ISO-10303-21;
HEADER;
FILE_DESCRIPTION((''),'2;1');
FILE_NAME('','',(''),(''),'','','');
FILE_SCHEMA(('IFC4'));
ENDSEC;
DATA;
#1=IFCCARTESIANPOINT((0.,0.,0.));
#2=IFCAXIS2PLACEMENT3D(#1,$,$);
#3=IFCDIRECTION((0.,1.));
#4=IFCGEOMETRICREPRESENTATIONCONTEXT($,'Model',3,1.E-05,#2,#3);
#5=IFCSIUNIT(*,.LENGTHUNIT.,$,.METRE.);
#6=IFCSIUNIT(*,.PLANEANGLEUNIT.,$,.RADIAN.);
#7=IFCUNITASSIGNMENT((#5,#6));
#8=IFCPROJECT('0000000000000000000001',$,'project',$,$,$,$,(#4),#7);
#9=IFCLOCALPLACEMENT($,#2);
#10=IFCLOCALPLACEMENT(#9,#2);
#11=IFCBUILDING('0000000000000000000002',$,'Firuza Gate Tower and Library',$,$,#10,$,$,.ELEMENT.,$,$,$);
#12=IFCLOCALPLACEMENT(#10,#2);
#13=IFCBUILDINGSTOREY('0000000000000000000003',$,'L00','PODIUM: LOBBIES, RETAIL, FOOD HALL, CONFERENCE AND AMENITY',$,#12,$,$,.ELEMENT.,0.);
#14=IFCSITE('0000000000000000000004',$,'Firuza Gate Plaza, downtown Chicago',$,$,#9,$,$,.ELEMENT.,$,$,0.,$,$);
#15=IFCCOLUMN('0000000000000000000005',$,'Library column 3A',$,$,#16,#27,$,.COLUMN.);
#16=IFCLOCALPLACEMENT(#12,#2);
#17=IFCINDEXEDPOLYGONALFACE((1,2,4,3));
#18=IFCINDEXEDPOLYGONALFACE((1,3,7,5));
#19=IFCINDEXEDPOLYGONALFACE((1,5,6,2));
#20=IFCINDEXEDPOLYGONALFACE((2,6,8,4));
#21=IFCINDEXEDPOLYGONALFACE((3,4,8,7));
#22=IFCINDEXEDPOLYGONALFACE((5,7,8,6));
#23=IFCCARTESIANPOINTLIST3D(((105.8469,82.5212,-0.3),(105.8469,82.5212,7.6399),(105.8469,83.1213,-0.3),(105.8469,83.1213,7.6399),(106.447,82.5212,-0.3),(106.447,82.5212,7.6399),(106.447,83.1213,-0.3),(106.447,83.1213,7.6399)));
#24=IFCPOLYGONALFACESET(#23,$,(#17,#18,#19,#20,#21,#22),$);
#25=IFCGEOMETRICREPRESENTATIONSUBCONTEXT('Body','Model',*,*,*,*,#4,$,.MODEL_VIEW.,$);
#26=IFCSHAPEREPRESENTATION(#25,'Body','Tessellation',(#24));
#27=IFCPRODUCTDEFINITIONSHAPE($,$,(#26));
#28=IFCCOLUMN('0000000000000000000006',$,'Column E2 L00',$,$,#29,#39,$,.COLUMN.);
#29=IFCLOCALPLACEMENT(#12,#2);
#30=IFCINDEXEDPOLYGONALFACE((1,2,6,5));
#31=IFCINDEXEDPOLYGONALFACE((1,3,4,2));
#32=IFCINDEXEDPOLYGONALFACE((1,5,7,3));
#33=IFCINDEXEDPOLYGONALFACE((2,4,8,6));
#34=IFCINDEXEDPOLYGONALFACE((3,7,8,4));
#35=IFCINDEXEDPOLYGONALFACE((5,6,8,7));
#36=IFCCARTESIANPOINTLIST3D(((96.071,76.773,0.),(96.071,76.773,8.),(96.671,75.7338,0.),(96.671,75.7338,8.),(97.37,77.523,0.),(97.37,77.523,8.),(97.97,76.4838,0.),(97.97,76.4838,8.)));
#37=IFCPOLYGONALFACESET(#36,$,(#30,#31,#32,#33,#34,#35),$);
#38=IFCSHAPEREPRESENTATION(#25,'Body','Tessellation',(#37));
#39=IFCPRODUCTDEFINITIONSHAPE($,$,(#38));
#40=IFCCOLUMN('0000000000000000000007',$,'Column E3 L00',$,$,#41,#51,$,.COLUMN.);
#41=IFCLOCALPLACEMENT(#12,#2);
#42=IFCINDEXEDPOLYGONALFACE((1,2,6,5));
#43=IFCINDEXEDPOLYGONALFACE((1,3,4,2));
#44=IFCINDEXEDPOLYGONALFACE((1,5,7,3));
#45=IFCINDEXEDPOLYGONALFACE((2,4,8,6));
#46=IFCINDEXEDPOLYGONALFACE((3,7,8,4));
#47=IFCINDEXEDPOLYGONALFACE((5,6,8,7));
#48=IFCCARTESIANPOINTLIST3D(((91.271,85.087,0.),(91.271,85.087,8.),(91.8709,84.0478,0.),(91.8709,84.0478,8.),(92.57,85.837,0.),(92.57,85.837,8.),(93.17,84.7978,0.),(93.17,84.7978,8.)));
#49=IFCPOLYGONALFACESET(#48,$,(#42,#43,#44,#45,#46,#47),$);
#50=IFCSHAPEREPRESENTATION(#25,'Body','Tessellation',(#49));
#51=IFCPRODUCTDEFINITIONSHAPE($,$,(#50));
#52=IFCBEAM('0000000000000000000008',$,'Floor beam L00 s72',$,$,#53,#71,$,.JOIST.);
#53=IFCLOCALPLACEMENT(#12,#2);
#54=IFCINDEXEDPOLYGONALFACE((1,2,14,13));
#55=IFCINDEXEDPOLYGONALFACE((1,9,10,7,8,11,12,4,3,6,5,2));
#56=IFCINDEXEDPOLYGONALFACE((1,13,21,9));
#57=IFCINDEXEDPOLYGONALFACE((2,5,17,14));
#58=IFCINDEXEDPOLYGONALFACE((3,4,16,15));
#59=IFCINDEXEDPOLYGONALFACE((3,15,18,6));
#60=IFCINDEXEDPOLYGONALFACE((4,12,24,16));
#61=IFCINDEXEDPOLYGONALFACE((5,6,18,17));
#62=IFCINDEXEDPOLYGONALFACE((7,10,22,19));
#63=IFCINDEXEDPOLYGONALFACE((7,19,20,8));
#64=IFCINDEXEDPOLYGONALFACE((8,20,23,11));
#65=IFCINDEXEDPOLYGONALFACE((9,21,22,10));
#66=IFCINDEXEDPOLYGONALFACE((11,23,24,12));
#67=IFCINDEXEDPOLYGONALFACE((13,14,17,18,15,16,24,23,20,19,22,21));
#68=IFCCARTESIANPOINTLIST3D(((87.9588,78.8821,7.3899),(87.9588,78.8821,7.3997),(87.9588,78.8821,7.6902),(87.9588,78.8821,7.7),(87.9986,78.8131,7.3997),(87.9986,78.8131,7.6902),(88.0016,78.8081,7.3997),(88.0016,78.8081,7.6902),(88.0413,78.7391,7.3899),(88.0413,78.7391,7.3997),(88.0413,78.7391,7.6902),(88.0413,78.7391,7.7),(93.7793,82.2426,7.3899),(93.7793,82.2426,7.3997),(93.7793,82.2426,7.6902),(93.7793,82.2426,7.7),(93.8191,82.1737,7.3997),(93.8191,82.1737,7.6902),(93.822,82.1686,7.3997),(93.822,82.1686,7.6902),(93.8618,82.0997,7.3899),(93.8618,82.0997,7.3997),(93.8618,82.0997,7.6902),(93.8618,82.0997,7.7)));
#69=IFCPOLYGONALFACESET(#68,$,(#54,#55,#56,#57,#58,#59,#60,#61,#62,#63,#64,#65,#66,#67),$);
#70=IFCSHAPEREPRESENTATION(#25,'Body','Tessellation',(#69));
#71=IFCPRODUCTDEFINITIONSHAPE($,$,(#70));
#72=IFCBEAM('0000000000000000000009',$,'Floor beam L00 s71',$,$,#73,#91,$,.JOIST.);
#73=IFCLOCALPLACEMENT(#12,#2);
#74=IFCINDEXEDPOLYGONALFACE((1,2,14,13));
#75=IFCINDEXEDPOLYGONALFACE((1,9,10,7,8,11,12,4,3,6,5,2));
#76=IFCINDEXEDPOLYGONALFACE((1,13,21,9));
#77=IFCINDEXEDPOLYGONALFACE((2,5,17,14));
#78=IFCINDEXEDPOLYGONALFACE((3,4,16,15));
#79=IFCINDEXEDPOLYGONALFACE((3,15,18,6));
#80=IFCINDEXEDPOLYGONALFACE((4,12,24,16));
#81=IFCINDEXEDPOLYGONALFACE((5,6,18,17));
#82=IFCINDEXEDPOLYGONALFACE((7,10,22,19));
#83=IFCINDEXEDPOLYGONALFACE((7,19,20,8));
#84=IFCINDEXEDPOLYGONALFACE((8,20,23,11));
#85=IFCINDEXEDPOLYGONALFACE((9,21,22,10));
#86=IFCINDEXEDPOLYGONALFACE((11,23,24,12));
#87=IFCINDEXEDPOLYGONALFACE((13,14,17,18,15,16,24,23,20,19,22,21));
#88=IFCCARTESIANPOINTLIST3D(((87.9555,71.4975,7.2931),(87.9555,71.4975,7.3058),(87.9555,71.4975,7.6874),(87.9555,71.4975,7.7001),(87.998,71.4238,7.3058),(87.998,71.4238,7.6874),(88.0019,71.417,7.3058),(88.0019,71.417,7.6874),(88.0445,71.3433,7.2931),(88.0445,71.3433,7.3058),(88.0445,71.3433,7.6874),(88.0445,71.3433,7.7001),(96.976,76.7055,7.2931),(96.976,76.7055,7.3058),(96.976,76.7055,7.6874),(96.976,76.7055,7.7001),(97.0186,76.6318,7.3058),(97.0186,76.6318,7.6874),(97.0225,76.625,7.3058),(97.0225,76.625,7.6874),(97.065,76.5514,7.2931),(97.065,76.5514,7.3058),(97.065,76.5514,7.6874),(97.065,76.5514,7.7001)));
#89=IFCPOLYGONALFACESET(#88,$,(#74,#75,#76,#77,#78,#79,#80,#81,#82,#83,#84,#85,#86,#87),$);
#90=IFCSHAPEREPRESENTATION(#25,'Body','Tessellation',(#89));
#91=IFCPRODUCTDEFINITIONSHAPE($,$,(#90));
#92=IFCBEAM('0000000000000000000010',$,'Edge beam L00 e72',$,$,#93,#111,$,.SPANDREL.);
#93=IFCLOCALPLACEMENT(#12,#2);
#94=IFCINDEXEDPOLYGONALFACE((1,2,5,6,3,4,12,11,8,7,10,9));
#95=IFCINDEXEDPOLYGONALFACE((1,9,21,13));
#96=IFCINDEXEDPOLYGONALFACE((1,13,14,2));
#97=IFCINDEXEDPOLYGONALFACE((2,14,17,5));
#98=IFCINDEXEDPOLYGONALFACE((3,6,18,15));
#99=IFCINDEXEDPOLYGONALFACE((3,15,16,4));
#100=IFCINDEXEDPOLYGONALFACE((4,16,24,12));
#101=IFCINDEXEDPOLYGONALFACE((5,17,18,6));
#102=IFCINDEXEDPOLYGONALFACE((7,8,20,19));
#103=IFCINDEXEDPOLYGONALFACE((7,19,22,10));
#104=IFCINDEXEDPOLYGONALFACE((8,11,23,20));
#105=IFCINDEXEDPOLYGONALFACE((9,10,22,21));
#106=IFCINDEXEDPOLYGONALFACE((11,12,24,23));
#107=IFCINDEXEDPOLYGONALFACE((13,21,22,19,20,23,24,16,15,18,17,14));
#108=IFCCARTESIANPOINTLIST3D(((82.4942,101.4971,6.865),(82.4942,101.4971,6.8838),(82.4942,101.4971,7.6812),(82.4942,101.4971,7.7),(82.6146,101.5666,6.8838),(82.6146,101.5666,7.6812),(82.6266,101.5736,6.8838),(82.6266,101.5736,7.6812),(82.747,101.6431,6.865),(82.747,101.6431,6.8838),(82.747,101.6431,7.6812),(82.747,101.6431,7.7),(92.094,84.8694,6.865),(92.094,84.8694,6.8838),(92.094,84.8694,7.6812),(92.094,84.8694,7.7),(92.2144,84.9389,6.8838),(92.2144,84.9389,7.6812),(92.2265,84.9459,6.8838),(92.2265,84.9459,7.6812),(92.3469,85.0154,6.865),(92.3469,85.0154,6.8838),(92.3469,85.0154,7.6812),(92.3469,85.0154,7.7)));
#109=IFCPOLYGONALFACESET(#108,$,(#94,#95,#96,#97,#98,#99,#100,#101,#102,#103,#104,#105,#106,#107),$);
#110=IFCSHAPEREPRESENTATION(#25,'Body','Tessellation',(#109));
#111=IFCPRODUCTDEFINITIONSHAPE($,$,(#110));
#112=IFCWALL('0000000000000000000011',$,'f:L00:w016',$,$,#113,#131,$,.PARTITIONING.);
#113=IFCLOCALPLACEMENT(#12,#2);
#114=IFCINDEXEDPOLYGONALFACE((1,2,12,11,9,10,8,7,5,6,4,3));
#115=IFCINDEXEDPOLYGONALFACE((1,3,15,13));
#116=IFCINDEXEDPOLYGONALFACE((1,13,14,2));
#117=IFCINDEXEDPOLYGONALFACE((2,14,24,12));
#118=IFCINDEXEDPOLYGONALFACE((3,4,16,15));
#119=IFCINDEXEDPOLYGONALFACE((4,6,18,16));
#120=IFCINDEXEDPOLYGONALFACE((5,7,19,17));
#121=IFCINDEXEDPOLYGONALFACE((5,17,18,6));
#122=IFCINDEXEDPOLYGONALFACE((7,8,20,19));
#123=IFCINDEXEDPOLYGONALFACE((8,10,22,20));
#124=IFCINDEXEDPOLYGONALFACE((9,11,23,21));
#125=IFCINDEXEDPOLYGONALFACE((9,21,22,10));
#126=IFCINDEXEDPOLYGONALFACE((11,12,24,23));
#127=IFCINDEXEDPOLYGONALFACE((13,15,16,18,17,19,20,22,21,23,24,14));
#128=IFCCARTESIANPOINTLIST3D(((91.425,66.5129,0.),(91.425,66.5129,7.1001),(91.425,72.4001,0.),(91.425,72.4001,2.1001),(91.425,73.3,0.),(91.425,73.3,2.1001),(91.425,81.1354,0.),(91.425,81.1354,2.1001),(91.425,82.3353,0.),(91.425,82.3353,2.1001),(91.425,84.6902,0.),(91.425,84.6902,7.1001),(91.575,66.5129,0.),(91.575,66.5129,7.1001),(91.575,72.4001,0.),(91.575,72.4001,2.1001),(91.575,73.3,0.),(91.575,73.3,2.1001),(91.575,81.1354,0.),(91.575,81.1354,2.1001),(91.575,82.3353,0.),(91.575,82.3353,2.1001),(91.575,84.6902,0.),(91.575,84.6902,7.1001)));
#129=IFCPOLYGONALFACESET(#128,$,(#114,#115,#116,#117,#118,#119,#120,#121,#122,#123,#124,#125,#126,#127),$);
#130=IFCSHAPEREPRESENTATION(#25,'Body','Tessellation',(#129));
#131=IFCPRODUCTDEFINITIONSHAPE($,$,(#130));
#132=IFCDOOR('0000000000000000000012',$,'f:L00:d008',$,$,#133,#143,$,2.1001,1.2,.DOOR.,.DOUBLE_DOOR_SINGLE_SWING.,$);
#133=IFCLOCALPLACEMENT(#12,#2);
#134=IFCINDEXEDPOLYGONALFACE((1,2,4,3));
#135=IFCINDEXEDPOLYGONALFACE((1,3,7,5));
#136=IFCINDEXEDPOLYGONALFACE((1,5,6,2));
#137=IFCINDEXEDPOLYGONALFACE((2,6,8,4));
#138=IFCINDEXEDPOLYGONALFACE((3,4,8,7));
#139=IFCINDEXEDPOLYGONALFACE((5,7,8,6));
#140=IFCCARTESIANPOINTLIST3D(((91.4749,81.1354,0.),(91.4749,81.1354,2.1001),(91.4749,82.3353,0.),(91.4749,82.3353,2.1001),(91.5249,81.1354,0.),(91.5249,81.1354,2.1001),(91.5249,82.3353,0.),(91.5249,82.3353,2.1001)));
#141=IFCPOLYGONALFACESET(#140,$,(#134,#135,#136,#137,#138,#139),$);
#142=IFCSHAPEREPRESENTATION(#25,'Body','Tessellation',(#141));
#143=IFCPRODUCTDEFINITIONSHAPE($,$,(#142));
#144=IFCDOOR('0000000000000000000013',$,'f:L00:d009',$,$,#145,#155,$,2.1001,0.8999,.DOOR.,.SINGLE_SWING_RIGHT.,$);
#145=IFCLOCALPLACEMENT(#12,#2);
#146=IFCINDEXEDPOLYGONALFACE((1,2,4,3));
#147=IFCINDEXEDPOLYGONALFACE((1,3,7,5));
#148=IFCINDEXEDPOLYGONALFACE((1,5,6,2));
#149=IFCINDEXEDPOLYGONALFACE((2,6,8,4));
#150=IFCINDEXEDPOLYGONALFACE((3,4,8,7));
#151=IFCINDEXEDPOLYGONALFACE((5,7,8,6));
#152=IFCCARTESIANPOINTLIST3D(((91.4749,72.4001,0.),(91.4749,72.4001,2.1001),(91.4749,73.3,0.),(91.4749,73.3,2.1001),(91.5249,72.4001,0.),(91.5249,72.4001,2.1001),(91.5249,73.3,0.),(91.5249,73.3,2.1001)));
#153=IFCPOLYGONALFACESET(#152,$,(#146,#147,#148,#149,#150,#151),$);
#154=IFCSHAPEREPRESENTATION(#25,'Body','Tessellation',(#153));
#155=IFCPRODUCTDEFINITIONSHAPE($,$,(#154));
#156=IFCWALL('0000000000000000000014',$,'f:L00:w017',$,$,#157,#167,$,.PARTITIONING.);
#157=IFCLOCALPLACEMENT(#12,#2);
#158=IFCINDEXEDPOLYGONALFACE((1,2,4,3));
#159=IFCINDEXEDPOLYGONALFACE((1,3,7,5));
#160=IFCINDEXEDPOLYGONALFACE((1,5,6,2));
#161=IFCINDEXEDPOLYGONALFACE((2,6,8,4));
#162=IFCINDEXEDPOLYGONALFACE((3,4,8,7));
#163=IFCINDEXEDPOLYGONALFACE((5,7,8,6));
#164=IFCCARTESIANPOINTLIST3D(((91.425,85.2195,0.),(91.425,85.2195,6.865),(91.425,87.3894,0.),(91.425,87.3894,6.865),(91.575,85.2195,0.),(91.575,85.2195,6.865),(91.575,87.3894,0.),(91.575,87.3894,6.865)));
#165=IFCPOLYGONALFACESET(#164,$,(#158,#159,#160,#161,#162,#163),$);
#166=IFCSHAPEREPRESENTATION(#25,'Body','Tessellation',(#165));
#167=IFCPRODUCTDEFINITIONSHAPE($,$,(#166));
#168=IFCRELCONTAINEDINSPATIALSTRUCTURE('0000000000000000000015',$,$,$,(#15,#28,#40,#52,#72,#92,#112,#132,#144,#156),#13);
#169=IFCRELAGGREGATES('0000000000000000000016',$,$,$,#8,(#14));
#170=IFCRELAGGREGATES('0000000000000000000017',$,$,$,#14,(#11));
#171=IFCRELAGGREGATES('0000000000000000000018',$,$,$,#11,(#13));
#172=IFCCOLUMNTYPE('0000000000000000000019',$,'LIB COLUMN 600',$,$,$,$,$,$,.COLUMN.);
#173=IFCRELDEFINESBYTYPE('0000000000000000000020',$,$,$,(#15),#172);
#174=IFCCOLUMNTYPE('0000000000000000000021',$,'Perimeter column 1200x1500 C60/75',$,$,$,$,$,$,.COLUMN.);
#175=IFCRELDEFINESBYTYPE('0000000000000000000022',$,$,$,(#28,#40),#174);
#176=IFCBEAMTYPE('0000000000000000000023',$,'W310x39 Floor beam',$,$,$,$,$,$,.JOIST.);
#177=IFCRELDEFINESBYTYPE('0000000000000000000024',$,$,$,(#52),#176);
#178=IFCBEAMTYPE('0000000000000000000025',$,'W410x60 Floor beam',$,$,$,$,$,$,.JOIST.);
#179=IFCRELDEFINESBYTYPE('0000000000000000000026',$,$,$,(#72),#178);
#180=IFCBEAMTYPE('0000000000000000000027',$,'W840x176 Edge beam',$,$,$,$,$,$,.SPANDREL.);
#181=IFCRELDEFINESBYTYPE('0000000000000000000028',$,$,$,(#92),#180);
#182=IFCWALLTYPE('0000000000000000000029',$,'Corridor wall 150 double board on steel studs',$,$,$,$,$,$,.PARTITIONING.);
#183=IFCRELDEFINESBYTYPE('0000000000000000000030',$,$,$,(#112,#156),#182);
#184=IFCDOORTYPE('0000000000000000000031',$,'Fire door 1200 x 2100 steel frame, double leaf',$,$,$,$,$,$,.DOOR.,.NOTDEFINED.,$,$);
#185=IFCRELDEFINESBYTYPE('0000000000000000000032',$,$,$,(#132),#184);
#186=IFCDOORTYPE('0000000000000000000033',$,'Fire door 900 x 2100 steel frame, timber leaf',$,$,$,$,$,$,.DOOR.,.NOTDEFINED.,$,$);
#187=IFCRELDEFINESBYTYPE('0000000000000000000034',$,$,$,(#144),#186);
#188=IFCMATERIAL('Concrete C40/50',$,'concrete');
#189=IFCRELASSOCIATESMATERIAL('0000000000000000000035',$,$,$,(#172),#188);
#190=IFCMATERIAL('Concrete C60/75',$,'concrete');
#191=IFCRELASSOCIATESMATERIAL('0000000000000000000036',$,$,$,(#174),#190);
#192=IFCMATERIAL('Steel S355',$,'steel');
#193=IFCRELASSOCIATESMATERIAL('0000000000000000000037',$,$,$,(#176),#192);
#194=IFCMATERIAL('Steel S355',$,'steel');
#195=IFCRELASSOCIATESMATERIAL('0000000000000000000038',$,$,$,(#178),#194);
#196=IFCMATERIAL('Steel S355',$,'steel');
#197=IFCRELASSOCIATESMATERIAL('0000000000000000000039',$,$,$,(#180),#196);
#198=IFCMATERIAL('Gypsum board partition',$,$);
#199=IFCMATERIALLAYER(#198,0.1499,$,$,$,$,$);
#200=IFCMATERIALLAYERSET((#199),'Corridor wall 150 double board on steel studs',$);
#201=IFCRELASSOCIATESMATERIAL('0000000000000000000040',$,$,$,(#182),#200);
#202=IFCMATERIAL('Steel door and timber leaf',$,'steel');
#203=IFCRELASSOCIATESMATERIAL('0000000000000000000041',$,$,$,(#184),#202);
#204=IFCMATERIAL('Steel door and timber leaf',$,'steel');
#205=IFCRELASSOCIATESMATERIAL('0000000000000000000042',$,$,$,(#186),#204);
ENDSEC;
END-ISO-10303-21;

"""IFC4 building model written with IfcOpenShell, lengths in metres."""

from ifc_helpers import new_model, si_unit, direction, frame, frame_2d, origin, origin_2d, place, context, subcontext, project, spatial, rectangle, i_section, extrude, material, layer, layer_set, material_profile, profile_set, type_object, element, fill, save


model = new_model("IFC4")

# Units and contexts
model_context = context("Model", 3, precision=1e-05, world=origin(), true_north=direction((0.0, 1.0)))
body_context = subcontext(model_context, "Body", "Model", "MODEL_VIEW")
ifc_project = project(units=[si_unit("LENGTHUNIT", "METRE"), si_unit("PLANEANGLEUNIT", "RADIAN")], contexts=[model_context])

# Site, building, storey
site_placement = place(None, origin())
site = spatial("IfcSite", under=ifc_project, at=site_placement, Name="Firuza Gate Plaza, downtown Chicago", CompositionType="ELEMENT", RefElevation=0.0)
building_placement = place(site_placement, origin())
building = spatial("IfcBuilding", under=site, at=building_placement, Name="Firuza Gate Tower and Library", CompositionType="ELEMENT")
storey_placement = place(building_placement, origin())
storey = spatial("IfcBuildingStorey", under=building, at=storey_placement, Name="L00", Description="PODIUM: LOBBIES, RETAIL, FOOD HALL, CONFERENCE AND AMENITY", CompositionType="ELEMENT", Elevation=0.0)

# Columns
ifc_material_1 = material(Name="Concrete C40/50", Category="concrete")
ifc_material_profile_1 = material_profile(ifc_material_1, rectangle(XDim=0.6001, YDim=0.6001, at=origin_2d()))
ifc_profile_set_1 = profile_set([ifc_material_profile_1], Name="Concrete C40/50")
column_type_1 = type_object("IfcColumnType", Name="LIB COLUMN 600", PredefinedType="COLUMN", material=ifc_profile_set_1)
column_placement = place(storey_placement, frame((106.147, 82.8213, -0.3), z_axis=(0.0, 0.0, 1.0), x_axis=(1.0, 0.0, 0.0)))
element("IfcColumn", 1, at=column_placement, inside=storey, type_object=column_type_1, Name="Library column 3A", PredefinedType="COLUMN", context=body_context, shape_type="SweptSolid", body=[
    extrude(rectangle(XDim=0.6001, YDim=0.6001, at=origin_2d()), origin(), (0.0, 0.0, 1.0), 7.9399),
])
ifc_material_2 = material(Name="Concrete C60/75", Category="concrete")
ifc_material_profile_2 = material_profile(ifc_material_2, rectangle(XDim=1.2, YDim=1.5, at=origin_2d()))
ifc_profile_set_2 = profile_set([ifc_material_profile_2], Name="Concrete C60/75")
column_type_2 = type_object("IfcColumnType", Name="Perimeter column 1200x1500 C60/75", PredefinedType="COLUMN", material=ifc_profile_set_2)
for number, where, z_axis, x_axis, name in (
    (2, (97.0205, 76.6284, 0.0), (0.0, 0.0, 1.0), (-0.5, 0.866025, 0.0), "Column E2 L00"),
    (3, (92.2205, 84.9424, 0.0), (0.0, 0.0, 1.0), (-0.5, 0.866025, 0.0), "Column E3 L00"),
):
    element("IfcColumn", number, at=place(storey_placement, frame(where, z_axis=z_axis, x_axis=x_axis)), inside=storey, type_object=column_type_2, Name=name, PredefinedType="COLUMN", context=body_context, shape_type="SweptSolid", body=[
        extrude(rectangle(XDim=1.2, YDim=1.5, at=origin_2d()), origin(), (0.0, 0.0, 1.0), 8.0),
    ])

# Beams
ifc_material_3 = material(Name="Steel S355", Category="steel")
ifc_material_profile_3 = material_profile(ifc_material_3, i_section(OverallWidth=0.165, OverallDepth=0.3101, WebThickness=0.0059, FlangeThickness=0.0098, at=origin_2d()))
ifc_profile_set_3 = profile_set([ifc_material_profile_3], Name="Steel S355")
beam_type_1 = type_object("IfcBeamType", Name="W310x39 Floor beam", PredefinedType="JOIST", material=ifc_profile_set_3)
beam_1_placement = place(storey_placement, frame((93.8206, 82.1711, 7.5449), z_axis=(-0.866019, -0.500011, 0.0), x_axis=(0.500011, -0.866019, 0.0)))
element("IfcBeam", 4, at=beam_1_placement, inside=storey, type_object=beam_type_1, Name="Floor beam L00 s72", PredefinedType="JOIST", context=body_context, shape_type="SweptSolid", body=[
    extrude(i_section(OverallWidth=0.165, OverallDepth=0.3101, WebThickness=0.0059, FlangeThickness=0.0098, at=origin_2d()), origin(), (0.0, 0.0, 1.0), 6.7209),
])
ifc_material_4 = material(Name="Steel S355", Category="steel")
ifc_material_profile_4 = material_profile(ifc_material_4, i_section(OverallWidth=0.178, OverallDepth=0.407, WebThickness=0.0078, FlangeThickness=0.0127, at=origin_2d()))
ifc_profile_set_4 = profile_set([ifc_material_profile_4], Name="Steel S355")
beam_type_2 = type_object("IfcBeamType", Name="W410x60 Floor beam", PredefinedType="JOIST", material=ifc_profile_set_4)
beam_2_placement = place(storey_placement, frame((97.0205, 76.6284, 7.4966), z_axis=(-0.866025, -0.500001, 0.0), x_axis=(0.500001, -0.866025, 0.0)))
element("IfcBeam", 5, at=beam_2_placement, inside=storey, type_object=beam_type_2, Name="Floor beam L00 s71", PredefinedType="JOIST", context=body_context, shape_type="SweptSolid", body=[
    extrude(i_section(OverallWidth=0.178, OverallDepth=0.407, WebThickness=0.0078, FlangeThickness=0.0127, at=origin_2d()), origin(), (0.0, 0.0, 1.0), 10.416),
])
ifc_material_5 = material(Name="Steel S355", Category="steel")
ifc_material_profile_5 = material_profile(ifc_material_5, i_section(OverallWidth=0.292, OverallDepth=0.835, WebThickness=0.0139, FlangeThickness=0.0188, at=origin_2d()))
ifc_profile_set_5 = profile_set([ifc_material_profile_5], Name="Steel S355")
beam_type_3 = type_object("IfcBeamType", Name="W840x176 Edge beam", PredefinedType="SPANDREL", material=ifc_profile_set_5)
beam_3_placement = place(storey_placement, frame((92.2205, 84.9424, 7.2825), z_axis=(-0.499994, 0.866029, 0.0), x_axis=(-0.866029, -0.499994, 0.0)))
element("IfcBeam", 6, at=beam_3_placement, inside=storey, type_object=beam_type_3, Name="Edge beam L00 e72", PredefinedType="SPANDREL", context=body_context, shape_type="SweptSolid", body=[
    extrude(i_section(OverallWidth=0.292, OverallDepth=0.835, WebThickness=0.0139, FlangeThickness=0.0188, at=origin_2d()), origin(), (0.0, 0.0, 1.0), 19.2),
])

# Wall, openings, doors
ifc_material_6 = material(Name="Gypsum board partition")
ifc_layer_1 = layer(ifc_material_6, 0.1499)
ifc_layer_set_1 = layer_set([ifc_layer_1], Name="Corridor wall 150 double board on steel studs")
wall_type_1 = type_object("IfcWallType", Name="Corridor wall 150 double board on steel studs", PredefinedType="PARTITIONING", material=ifc_layer_set_1)
wall_1_placement = place(storey_placement, frame((91.5, 84.6902, 0.0), z_axis=(0.0, 0.0, 1.0), x_axis=(0.0, -1.0, 0.0)))
wall_1 = element("IfcWall", 7, at=wall_1_placement, inside=storey, type_object=wall_type_1, Name="f:L00:w016", PredefinedType="PARTITIONING", context=body_context, shape_type="SweptSolid", body=[
    extrude(rectangle(XDim=18.1772, YDim=0.1499, at=frame_2d((9.0886, 0.0))), origin(), (0.0, 0.0, 1.0), 7.1001),
])
opening_1_placement = place(wall_1_placement, frame((2.3547, 0.0, 0.0)))
opening_1 = element("IfcOpeningElement", 8, at=opening_1_placement, cuts=wall_1, PredefinedType="OPENING", context=body_context, shape_type="SweptSolid", body=[
    extrude(rectangle(XDim=1.2, YDim=2.1001, at=frame_2d((0.6001, 1.05))), frame((0.0, 0.085, 0.0), z_axis=(0.0, -1.0, 0.0), x_axis=(1.0, 0.0, 0.0)), (0.0, 0.0, 1.0), 0.1699),
])
opening_2_placement = place(wall_1_placement, frame((11.3901, 0.0, 0.0)))
opening_2 = element("IfcOpeningElement", 9, at=opening_2_placement, cuts=wall_1, PredefinedType="OPENING", context=body_context, shape_type="SweptSolid", body=[
    extrude(rectangle(XDim=0.8999, YDim=2.1001, at=frame_2d((0.45, 1.05))), frame((0.0, 0.085, 0.0), z_axis=(0.0, -1.0, 0.0), x_axis=(1.0, 0.0, 0.0)), (0.0, 0.0, 1.0), 0.1699),
])
ifc_material_7 = material(Name="Steel door and timber leaf", Category="steel")
door_type_1 = type_object("IfcDoorType", Name="Fire door 1200 x 2100 steel frame, double leaf", OperationType="NOTDEFINED", PredefinedType="DOOR", material=ifc_material_7)
door_1_placement = place(opening_1_placement, origin())
door_1 = element("IfcDoor", 10, at=door_1_placement, inside=storey, type_object=door_type_1, Name="f:L00:d008", OperationType="DOUBLE_DOOR_SINGLE_SWING", OverallHeight=2.1001, OverallWidth=1.2, PredefinedType="DOOR", context=body_context, shape_type="SweptSolid", body=[
    extrude(rectangle(XDim=1.2, YDim=2.1001, at=frame_2d((0.6001, 1.05))), frame((0.0, 0.0249, 0.0), z_axis=(0.0, -1.0, 0.0), x_axis=(1.0, 0.0, 0.0)), (0.0, 0.0, 1.0), 0.05),
])
fill(opening_1, door_1)
ifc_material_8 = material(Name="Steel door and timber leaf", Category="steel")
door_type_2 = type_object("IfcDoorType", Name="Fire door 900 x 2100 steel frame, timber leaf", OperationType="NOTDEFINED", PredefinedType="DOOR", material=ifc_material_8)
door_2_placement = place(opening_2_placement, origin())
door_2 = element("IfcDoor", 11, at=door_2_placement, inside=storey, type_object=door_type_2, Name="f:L00:d009", OperationType="SINGLE_SWING_RIGHT", OverallHeight=2.1001, OverallWidth=0.8999, PredefinedType="DOOR", context=body_context, shape_type="SweptSolid", body=[
    extrude(rectangle(XDim=0.8999, YDim=2.1001, at=frame_2d((0.45, 1.05))), frame((0.0, 0.0249, 0.0), z_axis=(0.0, -1.0, 0.0), x_axis=(1.0, 0.0, 0.0)), (0.0, 0.0, 1.0), 0.05),
])
fill(opening_2, door_2)

# Wall
wall_2_placement = place(storey_placement, frame((91.5, 85.2195, 0.0), z_axis=(0.0, 0.0, 1.0), x_axis=(0.0, 1.0, 0.0)))
element("IfcWall", 12, at=wall_2_placement, inside=storey, type_object=wall_type_1, Name="f:L00:w017", PredefinedType="PARTITIONING", context=body_context, shape_type="SweptSolid", body=[
    extrude(rectangle(XDim=2.1699, YDim=0.1499, at=frame_2d((1.085, 0.0))), origin(), (0.0, 0.0, 1.0), 6.865),
])

save(model, "model.ifc")
